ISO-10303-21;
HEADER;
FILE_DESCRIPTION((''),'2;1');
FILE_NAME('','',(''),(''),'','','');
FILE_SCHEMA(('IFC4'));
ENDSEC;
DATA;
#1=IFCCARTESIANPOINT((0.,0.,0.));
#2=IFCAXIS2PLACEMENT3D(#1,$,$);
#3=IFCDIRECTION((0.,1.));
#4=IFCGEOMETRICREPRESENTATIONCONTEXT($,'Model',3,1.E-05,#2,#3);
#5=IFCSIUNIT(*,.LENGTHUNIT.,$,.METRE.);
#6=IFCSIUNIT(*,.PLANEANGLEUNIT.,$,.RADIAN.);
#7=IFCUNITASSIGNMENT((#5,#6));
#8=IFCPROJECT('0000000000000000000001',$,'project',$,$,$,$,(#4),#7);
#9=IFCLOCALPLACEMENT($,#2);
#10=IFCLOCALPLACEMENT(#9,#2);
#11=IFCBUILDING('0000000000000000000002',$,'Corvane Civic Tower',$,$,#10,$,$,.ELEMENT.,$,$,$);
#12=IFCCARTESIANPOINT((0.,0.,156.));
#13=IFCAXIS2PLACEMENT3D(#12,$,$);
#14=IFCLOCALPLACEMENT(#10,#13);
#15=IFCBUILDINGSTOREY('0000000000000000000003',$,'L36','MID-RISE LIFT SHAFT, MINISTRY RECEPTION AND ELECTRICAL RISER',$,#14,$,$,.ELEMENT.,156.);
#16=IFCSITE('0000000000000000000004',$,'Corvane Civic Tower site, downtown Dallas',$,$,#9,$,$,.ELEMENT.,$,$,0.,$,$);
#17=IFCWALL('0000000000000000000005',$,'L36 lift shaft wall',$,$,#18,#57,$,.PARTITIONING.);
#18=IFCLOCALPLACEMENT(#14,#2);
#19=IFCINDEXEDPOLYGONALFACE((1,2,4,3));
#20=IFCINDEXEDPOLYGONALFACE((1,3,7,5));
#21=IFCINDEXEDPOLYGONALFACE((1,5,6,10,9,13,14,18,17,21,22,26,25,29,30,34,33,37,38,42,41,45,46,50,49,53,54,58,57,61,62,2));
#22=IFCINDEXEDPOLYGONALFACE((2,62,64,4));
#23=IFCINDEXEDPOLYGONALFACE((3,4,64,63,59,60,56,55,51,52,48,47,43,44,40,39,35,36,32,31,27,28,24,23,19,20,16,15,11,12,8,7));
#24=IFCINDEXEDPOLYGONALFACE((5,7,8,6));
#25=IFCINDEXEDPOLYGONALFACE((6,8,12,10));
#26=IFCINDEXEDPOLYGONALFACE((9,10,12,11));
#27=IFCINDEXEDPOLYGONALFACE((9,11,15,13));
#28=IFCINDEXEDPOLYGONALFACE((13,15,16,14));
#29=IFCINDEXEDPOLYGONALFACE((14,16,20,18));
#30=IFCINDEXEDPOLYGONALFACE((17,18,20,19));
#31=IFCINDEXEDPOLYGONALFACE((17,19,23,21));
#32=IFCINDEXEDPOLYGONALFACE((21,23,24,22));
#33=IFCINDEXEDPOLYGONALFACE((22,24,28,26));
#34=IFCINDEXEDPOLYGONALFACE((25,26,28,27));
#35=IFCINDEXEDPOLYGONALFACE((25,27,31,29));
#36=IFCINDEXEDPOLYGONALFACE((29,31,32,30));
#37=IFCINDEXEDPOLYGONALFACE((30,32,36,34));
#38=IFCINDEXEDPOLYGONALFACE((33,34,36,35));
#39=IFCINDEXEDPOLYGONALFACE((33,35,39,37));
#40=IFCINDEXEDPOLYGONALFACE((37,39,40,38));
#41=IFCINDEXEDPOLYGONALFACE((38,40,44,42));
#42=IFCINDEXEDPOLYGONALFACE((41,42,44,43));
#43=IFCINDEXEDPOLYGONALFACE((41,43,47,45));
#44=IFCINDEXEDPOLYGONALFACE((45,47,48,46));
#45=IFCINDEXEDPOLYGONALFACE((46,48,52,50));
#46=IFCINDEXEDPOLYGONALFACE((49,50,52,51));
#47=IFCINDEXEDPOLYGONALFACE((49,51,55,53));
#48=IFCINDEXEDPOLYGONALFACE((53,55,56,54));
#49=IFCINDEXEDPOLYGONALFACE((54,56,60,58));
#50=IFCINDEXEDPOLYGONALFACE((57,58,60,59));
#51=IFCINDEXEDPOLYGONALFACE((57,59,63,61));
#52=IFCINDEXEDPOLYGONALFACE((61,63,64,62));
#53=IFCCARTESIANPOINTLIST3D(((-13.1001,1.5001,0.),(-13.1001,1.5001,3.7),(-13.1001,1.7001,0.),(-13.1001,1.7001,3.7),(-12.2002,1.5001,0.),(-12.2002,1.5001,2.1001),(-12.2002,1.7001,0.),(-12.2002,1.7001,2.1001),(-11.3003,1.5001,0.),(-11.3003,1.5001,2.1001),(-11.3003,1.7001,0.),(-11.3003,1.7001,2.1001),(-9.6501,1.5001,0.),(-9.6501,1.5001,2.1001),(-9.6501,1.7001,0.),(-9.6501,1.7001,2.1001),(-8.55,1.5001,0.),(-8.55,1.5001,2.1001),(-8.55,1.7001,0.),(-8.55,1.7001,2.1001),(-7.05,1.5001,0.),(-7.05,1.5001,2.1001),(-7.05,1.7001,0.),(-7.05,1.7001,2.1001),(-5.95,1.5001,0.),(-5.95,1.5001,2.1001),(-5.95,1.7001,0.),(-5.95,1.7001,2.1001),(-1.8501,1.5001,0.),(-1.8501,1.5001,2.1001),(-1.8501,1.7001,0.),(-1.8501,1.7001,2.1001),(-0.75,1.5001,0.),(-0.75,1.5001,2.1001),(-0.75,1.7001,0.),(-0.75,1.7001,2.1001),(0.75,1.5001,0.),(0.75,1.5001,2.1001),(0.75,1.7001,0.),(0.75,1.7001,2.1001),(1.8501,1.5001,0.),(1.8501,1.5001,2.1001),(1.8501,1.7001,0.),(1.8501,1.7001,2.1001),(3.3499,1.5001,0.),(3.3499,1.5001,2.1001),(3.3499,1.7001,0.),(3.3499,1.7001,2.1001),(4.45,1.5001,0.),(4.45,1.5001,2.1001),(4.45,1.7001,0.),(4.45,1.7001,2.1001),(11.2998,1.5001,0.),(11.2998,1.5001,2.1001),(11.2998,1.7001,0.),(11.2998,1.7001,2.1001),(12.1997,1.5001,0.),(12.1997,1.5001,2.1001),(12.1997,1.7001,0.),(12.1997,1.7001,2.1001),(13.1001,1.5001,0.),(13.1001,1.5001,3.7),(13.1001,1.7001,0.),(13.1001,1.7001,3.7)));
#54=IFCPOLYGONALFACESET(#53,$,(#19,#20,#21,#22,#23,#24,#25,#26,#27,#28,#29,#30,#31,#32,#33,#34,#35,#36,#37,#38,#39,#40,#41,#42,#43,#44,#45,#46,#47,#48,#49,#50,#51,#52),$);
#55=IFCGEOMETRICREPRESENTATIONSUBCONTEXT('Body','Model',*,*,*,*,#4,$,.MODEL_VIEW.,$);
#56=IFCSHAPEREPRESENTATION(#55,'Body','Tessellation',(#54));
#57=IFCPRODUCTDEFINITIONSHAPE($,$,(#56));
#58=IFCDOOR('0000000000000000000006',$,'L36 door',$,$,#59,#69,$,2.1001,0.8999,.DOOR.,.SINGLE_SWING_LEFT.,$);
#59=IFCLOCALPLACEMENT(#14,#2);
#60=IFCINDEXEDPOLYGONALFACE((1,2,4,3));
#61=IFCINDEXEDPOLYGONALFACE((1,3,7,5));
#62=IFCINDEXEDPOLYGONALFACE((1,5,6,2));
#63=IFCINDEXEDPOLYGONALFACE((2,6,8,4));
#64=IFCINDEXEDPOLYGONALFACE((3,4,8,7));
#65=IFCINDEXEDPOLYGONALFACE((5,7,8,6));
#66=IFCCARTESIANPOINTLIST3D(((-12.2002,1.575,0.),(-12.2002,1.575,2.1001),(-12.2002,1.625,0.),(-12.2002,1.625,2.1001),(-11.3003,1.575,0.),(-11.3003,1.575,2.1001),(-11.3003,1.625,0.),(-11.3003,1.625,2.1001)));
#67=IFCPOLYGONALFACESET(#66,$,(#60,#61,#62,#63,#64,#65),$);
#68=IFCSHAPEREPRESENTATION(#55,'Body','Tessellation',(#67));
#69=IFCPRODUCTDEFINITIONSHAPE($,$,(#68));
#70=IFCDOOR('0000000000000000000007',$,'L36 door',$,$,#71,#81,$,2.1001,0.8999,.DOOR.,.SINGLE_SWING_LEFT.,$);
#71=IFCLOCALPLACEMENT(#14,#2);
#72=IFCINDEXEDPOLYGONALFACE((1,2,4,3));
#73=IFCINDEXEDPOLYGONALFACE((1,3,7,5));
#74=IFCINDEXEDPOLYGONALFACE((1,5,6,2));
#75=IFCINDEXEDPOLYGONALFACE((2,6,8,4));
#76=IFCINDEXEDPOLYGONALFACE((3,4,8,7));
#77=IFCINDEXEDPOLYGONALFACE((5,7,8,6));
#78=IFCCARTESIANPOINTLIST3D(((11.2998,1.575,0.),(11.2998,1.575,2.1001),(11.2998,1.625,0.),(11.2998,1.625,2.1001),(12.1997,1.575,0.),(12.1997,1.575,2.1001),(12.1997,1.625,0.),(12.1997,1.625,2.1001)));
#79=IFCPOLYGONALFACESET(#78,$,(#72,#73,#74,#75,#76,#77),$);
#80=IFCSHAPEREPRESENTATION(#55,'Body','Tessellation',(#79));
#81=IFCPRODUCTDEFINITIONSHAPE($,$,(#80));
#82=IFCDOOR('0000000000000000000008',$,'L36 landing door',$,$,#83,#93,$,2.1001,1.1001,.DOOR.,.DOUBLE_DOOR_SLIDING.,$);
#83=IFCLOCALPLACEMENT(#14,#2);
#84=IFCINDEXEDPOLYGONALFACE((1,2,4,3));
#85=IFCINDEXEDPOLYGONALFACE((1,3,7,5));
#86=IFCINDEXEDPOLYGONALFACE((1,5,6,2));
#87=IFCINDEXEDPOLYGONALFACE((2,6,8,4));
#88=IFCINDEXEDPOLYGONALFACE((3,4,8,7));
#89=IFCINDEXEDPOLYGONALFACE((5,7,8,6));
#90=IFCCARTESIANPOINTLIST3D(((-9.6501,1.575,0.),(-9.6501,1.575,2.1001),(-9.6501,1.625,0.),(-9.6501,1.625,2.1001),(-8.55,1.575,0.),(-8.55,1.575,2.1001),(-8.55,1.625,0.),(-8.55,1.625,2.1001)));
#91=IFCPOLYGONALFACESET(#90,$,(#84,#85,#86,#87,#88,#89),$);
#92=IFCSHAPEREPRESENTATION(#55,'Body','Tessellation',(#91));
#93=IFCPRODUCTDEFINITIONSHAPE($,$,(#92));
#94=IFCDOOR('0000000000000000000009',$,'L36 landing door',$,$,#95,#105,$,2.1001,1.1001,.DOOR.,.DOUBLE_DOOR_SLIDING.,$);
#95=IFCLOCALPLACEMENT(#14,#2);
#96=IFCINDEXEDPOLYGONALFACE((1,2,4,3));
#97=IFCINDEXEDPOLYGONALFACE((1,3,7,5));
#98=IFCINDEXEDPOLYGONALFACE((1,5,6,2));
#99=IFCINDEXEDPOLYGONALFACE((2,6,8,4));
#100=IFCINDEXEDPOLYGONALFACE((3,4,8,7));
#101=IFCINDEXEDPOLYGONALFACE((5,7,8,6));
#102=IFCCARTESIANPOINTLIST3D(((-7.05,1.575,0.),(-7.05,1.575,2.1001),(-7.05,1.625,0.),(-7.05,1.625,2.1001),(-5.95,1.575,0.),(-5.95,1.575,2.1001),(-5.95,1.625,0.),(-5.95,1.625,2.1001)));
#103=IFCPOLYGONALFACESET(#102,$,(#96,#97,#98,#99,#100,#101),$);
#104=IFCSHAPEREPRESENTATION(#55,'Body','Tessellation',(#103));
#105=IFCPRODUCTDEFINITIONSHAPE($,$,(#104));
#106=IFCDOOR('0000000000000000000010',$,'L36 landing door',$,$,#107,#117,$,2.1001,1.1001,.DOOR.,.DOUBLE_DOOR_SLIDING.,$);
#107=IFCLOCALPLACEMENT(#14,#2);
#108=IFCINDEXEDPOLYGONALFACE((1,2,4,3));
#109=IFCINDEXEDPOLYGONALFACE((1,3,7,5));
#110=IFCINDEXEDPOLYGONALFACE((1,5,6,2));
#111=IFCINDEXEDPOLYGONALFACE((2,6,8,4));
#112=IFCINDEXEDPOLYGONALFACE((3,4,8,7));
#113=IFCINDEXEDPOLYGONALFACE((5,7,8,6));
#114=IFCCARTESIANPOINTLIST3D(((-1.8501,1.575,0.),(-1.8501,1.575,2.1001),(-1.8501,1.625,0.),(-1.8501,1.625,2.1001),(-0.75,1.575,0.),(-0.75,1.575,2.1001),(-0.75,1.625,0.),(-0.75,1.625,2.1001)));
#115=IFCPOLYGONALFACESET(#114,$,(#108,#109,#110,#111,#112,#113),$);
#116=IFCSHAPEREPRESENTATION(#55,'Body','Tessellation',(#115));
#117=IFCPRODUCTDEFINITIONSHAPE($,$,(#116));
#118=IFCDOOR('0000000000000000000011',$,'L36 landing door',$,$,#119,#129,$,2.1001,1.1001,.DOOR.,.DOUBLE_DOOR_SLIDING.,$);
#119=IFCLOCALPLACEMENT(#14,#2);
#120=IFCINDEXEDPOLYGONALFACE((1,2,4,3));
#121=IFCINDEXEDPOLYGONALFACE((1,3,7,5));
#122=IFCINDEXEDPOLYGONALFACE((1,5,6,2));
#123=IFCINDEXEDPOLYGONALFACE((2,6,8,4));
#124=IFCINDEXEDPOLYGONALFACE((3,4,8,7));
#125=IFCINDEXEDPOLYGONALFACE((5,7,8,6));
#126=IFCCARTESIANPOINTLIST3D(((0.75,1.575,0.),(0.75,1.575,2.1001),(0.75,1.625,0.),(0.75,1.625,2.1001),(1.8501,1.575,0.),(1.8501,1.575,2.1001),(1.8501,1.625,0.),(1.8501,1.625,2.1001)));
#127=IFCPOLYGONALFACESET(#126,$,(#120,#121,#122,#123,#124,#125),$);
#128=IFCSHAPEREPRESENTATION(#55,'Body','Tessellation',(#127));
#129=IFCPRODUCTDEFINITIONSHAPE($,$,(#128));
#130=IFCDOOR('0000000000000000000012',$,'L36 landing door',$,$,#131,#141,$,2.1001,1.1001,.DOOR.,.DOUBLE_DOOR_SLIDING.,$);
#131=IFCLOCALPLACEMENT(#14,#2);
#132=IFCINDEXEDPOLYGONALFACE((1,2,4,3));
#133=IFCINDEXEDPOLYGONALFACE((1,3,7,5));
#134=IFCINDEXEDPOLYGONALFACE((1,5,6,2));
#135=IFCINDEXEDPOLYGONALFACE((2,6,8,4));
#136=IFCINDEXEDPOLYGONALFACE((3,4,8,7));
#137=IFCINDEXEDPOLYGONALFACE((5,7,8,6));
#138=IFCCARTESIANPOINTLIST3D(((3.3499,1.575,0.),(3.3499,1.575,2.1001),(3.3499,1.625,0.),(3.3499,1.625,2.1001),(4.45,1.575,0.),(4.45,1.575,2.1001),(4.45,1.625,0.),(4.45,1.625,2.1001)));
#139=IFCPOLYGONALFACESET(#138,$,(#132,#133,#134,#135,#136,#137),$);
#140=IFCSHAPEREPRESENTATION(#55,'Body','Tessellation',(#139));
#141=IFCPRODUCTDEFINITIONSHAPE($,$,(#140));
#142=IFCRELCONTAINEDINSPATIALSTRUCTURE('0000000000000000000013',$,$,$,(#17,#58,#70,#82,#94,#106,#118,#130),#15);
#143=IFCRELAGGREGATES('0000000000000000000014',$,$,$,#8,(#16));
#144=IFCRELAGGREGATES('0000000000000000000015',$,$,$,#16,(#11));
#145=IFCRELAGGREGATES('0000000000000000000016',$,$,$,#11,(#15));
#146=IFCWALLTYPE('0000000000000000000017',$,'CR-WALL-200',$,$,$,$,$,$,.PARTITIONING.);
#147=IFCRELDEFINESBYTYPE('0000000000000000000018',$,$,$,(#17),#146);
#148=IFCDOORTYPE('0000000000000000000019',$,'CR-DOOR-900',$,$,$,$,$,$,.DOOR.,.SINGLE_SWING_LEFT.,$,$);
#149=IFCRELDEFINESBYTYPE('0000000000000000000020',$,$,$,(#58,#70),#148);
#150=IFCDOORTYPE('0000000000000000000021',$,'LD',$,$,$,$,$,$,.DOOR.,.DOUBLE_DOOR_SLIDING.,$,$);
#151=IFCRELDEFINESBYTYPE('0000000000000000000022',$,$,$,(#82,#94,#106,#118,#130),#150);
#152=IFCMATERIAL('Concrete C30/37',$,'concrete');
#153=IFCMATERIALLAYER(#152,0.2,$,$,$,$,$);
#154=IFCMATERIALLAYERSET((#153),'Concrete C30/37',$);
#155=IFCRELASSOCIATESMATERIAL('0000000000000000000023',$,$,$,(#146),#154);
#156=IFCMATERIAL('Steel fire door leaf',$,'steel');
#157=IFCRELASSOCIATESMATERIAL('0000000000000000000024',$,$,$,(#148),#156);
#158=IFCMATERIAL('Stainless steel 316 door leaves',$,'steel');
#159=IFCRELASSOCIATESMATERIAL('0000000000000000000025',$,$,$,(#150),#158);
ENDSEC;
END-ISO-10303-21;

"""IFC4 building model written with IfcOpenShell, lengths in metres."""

from ifc_helpers import new_model, si_unit, direction, frame, frame_2d, origin, place, context, subcontext, project, spatial, rectangle, extrude, material, layer, layer_set, type_object, element, fill, save


model = new_model("IFC4")

# Units and contexts
model_context = context("Model", 3, precision=1e-05, world=origin(), true_north=direction((0.0, 1.0)))
body_context = subcontext(model_context, "Body", "Model", "MODEL_VIEW")
ifc_project = project(units=[si_unit("LENGTHUNIT", "METRE"), si_unit("PLANEANGLEUNIT", "RADIAN")], contexts=[model_context])

# Site, building, storey
site_placement = place(None, origin())
site = spatial("IfcSite", under=ifc_project, at=site_placement, Name="Corvane Civic Tower site, downtown Dallas", CompositionType="ELEMENT", RefElevation=0.0)
building_placement = place(site_placement, origin())
building = spatial("IfcBuilding", under=site, at=building_placement, Name="Corvane Civic Tower", CompositionType="ELEMENT")
storey_placement = place(building_placement, frame((0.0, 0.0, 156.0)))
storey = spatial("IfcBuildingStorey", under=building, at=storey_placement, Name="L36", Description="MID-RISE LIFT SHAFT, MINISTRY RECEPTION AND ELECTRICAL RISER", CompositionType="ELEMENT", Elevation=156.0)

# Wall, openings, doors
ifc_material_1 = material(Name="Concrete C30/37", Category="concrete")
ifc_layer_1 = layer(ifc_material_1, 0.2)
ifc_layer_set_1 = layer_set([ifc_layer_1], Name="Concrete C30/37")
wall_type_1 = type_object("IfcWallType", Name="CR-WALL-200", PredefinedType="PARTITIONING", material=ifc_layer_set_1)
wall_1_placement = place(storey_placement, frame((-13.1001, 1.6001, 0.0), z_axis=(0.0, 0.0, 1.0), x_axis=(1.0, 0.0, 0.0)))
wall_1 = element("IfcWall", 1, at=wall_1_placement, inside=storey, type_object=wall_type_1, Name="L36 lift shaft wall", PredefinedType="PARTITIONING", context=body_context, shape_type="SweptSolid", body=[
    extrude(rectangle(XDim=26.2002, YDim=0.2, at=frame_2d((13.1001, 0.0))), origin(), (0.0, 0.0, 1.0), 3.7),
])
opening_1_placement = place(wall_1_placement, frame((3.45, 0.0, 0.0)))
opening_1 = element("IfcOpeningElement", 2, at=opening_1_placement, cuts=wall_1, PredefinedType="OPENING", context=body_context, shape_type="SweptSolid", body=[
    extrude(rectangle(XDim=1.1001, YDim=2.1001, at=frame_2d((0.55, 1.05))), frame((0.0, 0.1099, 0.0), z_axis=(0.0, -1.0, 0.0), x_axis=(1.0, 0.0, 0.0)), (0.0, 0.0, 1.0), 0.22),
])
opening_2_placement = place(wall_1_placement, frame((6.05, 0.0, 0.0)))
opening_2 = element("IfcOpeningElement", 3, at=opening_2_placement, cuts=wall_1, PredefinedType="OPENING", context=body_context, shape_type="SweptSolid", body=[
    extrude(rectangle(XDim=1.1001, YDim=2.1001, at=frame_2d((0.55, 1.05))), frame((0.0, 0.1099, 0.0), z_axis=(0.0, -1.0, 0.0), x_axis=(1.0, 0.0, 0.0)), (0.0, 0.0, 1.0), 0.22),
])
opening_3_placement = place(wall_1_placement, frame((11.25, 0.0, 0.0)))
opening_3 = element("IfcOpeningElement", 4, at=opening_3_placement, cuts=wall_1, PredefinedType="OPENING", context=body_context, shape_type="SweptSolid", body=[
    extrude(rectangle(XDim=1.1001, YDim=2.1001, at=frame_2d((0.55, 1.05))), frame((0.0, 0.1099, 0.0), z_axis=(0.0, -1.0, 0.0), x_axis=(1.0, 0.0, 0.0)), (0.0, 0.0, 1.0), 0.22),
])
opening_4_placement = place(wall_1_placement, frame((13.8501, 0.0, 0.0)))
opening_4 = element("IfcOpeningElement", 5, at=opening_4_placement, cuts=wall_1, PredefinedType="OPENING", context=body_context, shape_type="SweptSolid", body=[
    extrude(rectangle(XDim=1.1001, YDim=2.1001, at=frame_2d((0.55, 1.05))), frame((0.0, 0.1099, 0.0), z_axis=(0.0, -1.0, 0.0), x_axis=(1.0, 0.0, 0.0)), (0.0, 0.0, 1.0), 0.22),
])
opening_5_placement = place(wall_1_placement, frame((16.45, 0.0, 0.0)))
opening_5 = element("IfcOpeningElement", 6, at=opening_5_placement, cuts=wall_1, PredefinedType="OPENING", context=body_context, shape_type="SweptSolid", body=[
    extrude(rectangle(XDim=1.1001, YDim=2.1001, at=frame_2d((0.55, 1.05))), frame((0.0, 0.1099, 0.0), z_axis=(0.0, -1.0, 0.0), x_axis=(1.0, 0.0, 0.0)), (0.0, 0.0, 1.0), 0.22),
])
opening_6_placement = place(wall_1_placement, frame((0.8999, 0.0, 0.0)))
opening_6 = element("IfcOpeningElement", 7, at=opening_6_placement, cuts=wall_1, PredefinedType="OPENING", context=body_context, shape_type="SweptSolid", body=[
    extrude(rectangle(XDim=0.8999, YDim=2.1001, at=frame_2d((0.45, 1.05))), frame((0.0, 0.1099, 0.0), z_axis=(0.0, -1.0, 0.0), x_axis=(1.0, 0.0, 0.0)), (0.0, 0.0, 1.0), 0.22),
])
opening_7_placement = place(wall_1_placement, frame((24.3999, 0.0, 0.0)))
opening_7 = element("IfcOpeningElement", 8, at=opening_7_placement, cuts=wall_1, PredefinedType="OPENING", context=body_context, shape_type="SweptSolid", body=[
    extrude(rectangle(XDim=0.8999, YDim=2.1001, at=frame_2d((0.45, 1.05))), frame((0.0, 0.1099, 0.0), z_axis=(0.0, -1.0, 0.0), x_axis=(1.0, 0.0, 0.0)), (0.0, 0.0, 1.0), 0.22),
])
ifc_material_2 = material(Name="Steel fire door leaf", Category="steel")
door_type_1 = type_object("IfcDoorType", Name="CR-DOOR-900", OperationType="SINGLE_SWING_LEFT", PredefinedType="DOOR", material=ifc_material_2)
door_1_placement = place(opening_6_placement, origin())
door_1 = element("IfcDoor", 9, at=door_1_placement, inside=storey, type_object=door_type_1, Name="L36 door", OperationType="SINGLE_SWING_LEFT", OverallHeight=2.1001, OverallWidth=0.8999, PredefinedType="DOOR", context=body_context, shape_type="SweptSolid", body=[
    extrude(rectangle(XDim=0.8999, YDim=2.1001, at=frame_2d((0.45, 1.05))), frame((0.0, 0.0249, 0.0), z_axis=(0.0, -1.0, 0.0), x_axis=(1.0, 0.0, 0.0)), (0.0, 0.0, 1.0), 0.05),
])
fill(opening_6, door_1)
door_2_placement = place(opening_7_placement, origin())
door_2 = element("IfcDoor", 10, at=door_2_placement, inside=storey, type_object=door_type_1, Name="L36 door", OperationType="SINGLE_SWING_LEFT", OverallHeight=2.1001, OverallWidth=0.8999, PredefinedType="DOOR", context=body_context, shape_type="SweptSolid", body=[
    extrude(rectangle(XDim=0.8999, YDim=2.1001, at=frame_2d((0.45, 1.05))), frame((0.0, 0.0249, 0.0), z_axis=(0.0, -1.0, 0.0), x_axis=(1.0, 0.0, 0.0)), (0.0, 0.0, 1.0), 0.05),
])
fill(opening_7, door_2)
ifc_material_3 = material(Name="Stainless steel 316 door leaves", Category="steel")
door_type_2 = type_object("IfcDoorType", Name="LD", OperationType="DOUBLE_DOOR_SLIDING", PredefinedType="DOOR", material=ifc_material_3)
door_3_placement = place(opening_1_placement, origin())
door_3 = element("IfcDoor", 11, at=door_3_placement, inside=storey, type_object=door_type_2, Name="L36 landing door", OperationType="DOUBLE_DOOR_SLIDING", OverallHeight=2.1001, OverallWidth=1.1001, PredefinedType="DOOR", context=body_context, shape_type="SweptSolid", body=[
    extrude(rectangle(XDim=1.1001, YDim=2.1001, at=frame_2d((0.55, 1.05))), frame((0.0, 0.0249, 0.0), z_axis=(0.0, -1.0, 0.0), x_axis=(1.0, 0.0, 0.0)), (0.0, 0.0, 1.0), 0.05),
])
fill(opening_1, door_3)
door_4_placement = place(opening_2_placement, origin())
door_4 = element("IfcDoor", 12, at=door_4_placement, inside=storey, type_object=door_type_2, Name="L36 landing door", OperationType="DOUBLE_DOOR_SLIDING", OverallHeight=2.1001, OverallWidth=1.1001, PredefinedType="DOOR", context=body_context, shape_type="SweptSolid", body=[
    extrude(rectangle(XDim=1.1001, YDim=2.1001, at=frame_2d((0.55, 1.05))), frame((0.0, 0.0249, 0.0), z_axis=(0.0, -1.0, 0.0), x_axis=(1.0, 0.0, 0.0)), (0.0, 0.0, 1.0), 0.05),
])
fill(opening_2, door_4)
door_5_placement = place(opening_3_placement, origin())
door_5 = element("IfcDoor", 13, at=door_5_placement, inside=storey, type_object=door_type_2, Name="L36 landing door", OperationType="DOUBLE_DOOR_SLIDING", OverallHeight=2.1001, OverallWidth=1.1001, PredefinedType="DOOR", context=body_context, shape_type="SweptSolid", body=[
    extrude(rectangle(XDim=1.1001, YDim=2.1001, at=frame_2d((0.55, 1.05))), frame((0.0, 0.0249, 0.0), z_axis=(0.0, -1.0, 0.0), x_axis=(1.0, 0.0, 0.0)), (0.0, 0.0, 1.0), 0.05),
])
fill(opening_3, door_5)
door_6_placement = place(opening_4_placement, origin())
door_6 = element("IfcDoor", 14, at=door_6_placement, inside=storey, type_object=door_type_2, Name="L36 landing door", OperationType="DOUBLE_DOOR_SLIDING", OverallHeight=2.1001, OverallWidth=1.1001, PredefinedType="DOOR", context=body_context, shape_type="SweptSolid", body=[
    extrude(rectangle(XDim=1.1001, YDim=2.1001, at=frame_2d((0.55, 1.05))), frame((0.0, 0.0249, 0.0), z_axis=(0.0, -1.0, 0.0), x_axis=(1.0, 0.0, 0.0)), (0.0, 0.0, 1.0), 0.05),
])
fill(opening_4, door_6)
door_7_placement = place(opening_5_placement, origin())
door_7 = element("IfcDoor", 15, at=door_7_placement, inside=storey, type_object=door_type_2, Name="L36 landing door", OperationType="DOUBLE_DOOR_SLIDING", OverallHeight=2.1001, OverallWidth=1.1001, PredefinedType="DOOR", context=body_context, shape_type="SweptSolid", body=[
    extrude(rectangle(XDim=1.1001, YDim=2.1001, at=frame_2d((0.55, 1.05))), frame((0.0, 0.0249, 0.0), z_axis=(0.0, -1.0, 0.0), x_axis=(1.0, 0.0, 0.0)), (0.0, 0.0, 1.0), 0.05),
])
fill(opening_5, door_7)

save(model, "model.ifc")
